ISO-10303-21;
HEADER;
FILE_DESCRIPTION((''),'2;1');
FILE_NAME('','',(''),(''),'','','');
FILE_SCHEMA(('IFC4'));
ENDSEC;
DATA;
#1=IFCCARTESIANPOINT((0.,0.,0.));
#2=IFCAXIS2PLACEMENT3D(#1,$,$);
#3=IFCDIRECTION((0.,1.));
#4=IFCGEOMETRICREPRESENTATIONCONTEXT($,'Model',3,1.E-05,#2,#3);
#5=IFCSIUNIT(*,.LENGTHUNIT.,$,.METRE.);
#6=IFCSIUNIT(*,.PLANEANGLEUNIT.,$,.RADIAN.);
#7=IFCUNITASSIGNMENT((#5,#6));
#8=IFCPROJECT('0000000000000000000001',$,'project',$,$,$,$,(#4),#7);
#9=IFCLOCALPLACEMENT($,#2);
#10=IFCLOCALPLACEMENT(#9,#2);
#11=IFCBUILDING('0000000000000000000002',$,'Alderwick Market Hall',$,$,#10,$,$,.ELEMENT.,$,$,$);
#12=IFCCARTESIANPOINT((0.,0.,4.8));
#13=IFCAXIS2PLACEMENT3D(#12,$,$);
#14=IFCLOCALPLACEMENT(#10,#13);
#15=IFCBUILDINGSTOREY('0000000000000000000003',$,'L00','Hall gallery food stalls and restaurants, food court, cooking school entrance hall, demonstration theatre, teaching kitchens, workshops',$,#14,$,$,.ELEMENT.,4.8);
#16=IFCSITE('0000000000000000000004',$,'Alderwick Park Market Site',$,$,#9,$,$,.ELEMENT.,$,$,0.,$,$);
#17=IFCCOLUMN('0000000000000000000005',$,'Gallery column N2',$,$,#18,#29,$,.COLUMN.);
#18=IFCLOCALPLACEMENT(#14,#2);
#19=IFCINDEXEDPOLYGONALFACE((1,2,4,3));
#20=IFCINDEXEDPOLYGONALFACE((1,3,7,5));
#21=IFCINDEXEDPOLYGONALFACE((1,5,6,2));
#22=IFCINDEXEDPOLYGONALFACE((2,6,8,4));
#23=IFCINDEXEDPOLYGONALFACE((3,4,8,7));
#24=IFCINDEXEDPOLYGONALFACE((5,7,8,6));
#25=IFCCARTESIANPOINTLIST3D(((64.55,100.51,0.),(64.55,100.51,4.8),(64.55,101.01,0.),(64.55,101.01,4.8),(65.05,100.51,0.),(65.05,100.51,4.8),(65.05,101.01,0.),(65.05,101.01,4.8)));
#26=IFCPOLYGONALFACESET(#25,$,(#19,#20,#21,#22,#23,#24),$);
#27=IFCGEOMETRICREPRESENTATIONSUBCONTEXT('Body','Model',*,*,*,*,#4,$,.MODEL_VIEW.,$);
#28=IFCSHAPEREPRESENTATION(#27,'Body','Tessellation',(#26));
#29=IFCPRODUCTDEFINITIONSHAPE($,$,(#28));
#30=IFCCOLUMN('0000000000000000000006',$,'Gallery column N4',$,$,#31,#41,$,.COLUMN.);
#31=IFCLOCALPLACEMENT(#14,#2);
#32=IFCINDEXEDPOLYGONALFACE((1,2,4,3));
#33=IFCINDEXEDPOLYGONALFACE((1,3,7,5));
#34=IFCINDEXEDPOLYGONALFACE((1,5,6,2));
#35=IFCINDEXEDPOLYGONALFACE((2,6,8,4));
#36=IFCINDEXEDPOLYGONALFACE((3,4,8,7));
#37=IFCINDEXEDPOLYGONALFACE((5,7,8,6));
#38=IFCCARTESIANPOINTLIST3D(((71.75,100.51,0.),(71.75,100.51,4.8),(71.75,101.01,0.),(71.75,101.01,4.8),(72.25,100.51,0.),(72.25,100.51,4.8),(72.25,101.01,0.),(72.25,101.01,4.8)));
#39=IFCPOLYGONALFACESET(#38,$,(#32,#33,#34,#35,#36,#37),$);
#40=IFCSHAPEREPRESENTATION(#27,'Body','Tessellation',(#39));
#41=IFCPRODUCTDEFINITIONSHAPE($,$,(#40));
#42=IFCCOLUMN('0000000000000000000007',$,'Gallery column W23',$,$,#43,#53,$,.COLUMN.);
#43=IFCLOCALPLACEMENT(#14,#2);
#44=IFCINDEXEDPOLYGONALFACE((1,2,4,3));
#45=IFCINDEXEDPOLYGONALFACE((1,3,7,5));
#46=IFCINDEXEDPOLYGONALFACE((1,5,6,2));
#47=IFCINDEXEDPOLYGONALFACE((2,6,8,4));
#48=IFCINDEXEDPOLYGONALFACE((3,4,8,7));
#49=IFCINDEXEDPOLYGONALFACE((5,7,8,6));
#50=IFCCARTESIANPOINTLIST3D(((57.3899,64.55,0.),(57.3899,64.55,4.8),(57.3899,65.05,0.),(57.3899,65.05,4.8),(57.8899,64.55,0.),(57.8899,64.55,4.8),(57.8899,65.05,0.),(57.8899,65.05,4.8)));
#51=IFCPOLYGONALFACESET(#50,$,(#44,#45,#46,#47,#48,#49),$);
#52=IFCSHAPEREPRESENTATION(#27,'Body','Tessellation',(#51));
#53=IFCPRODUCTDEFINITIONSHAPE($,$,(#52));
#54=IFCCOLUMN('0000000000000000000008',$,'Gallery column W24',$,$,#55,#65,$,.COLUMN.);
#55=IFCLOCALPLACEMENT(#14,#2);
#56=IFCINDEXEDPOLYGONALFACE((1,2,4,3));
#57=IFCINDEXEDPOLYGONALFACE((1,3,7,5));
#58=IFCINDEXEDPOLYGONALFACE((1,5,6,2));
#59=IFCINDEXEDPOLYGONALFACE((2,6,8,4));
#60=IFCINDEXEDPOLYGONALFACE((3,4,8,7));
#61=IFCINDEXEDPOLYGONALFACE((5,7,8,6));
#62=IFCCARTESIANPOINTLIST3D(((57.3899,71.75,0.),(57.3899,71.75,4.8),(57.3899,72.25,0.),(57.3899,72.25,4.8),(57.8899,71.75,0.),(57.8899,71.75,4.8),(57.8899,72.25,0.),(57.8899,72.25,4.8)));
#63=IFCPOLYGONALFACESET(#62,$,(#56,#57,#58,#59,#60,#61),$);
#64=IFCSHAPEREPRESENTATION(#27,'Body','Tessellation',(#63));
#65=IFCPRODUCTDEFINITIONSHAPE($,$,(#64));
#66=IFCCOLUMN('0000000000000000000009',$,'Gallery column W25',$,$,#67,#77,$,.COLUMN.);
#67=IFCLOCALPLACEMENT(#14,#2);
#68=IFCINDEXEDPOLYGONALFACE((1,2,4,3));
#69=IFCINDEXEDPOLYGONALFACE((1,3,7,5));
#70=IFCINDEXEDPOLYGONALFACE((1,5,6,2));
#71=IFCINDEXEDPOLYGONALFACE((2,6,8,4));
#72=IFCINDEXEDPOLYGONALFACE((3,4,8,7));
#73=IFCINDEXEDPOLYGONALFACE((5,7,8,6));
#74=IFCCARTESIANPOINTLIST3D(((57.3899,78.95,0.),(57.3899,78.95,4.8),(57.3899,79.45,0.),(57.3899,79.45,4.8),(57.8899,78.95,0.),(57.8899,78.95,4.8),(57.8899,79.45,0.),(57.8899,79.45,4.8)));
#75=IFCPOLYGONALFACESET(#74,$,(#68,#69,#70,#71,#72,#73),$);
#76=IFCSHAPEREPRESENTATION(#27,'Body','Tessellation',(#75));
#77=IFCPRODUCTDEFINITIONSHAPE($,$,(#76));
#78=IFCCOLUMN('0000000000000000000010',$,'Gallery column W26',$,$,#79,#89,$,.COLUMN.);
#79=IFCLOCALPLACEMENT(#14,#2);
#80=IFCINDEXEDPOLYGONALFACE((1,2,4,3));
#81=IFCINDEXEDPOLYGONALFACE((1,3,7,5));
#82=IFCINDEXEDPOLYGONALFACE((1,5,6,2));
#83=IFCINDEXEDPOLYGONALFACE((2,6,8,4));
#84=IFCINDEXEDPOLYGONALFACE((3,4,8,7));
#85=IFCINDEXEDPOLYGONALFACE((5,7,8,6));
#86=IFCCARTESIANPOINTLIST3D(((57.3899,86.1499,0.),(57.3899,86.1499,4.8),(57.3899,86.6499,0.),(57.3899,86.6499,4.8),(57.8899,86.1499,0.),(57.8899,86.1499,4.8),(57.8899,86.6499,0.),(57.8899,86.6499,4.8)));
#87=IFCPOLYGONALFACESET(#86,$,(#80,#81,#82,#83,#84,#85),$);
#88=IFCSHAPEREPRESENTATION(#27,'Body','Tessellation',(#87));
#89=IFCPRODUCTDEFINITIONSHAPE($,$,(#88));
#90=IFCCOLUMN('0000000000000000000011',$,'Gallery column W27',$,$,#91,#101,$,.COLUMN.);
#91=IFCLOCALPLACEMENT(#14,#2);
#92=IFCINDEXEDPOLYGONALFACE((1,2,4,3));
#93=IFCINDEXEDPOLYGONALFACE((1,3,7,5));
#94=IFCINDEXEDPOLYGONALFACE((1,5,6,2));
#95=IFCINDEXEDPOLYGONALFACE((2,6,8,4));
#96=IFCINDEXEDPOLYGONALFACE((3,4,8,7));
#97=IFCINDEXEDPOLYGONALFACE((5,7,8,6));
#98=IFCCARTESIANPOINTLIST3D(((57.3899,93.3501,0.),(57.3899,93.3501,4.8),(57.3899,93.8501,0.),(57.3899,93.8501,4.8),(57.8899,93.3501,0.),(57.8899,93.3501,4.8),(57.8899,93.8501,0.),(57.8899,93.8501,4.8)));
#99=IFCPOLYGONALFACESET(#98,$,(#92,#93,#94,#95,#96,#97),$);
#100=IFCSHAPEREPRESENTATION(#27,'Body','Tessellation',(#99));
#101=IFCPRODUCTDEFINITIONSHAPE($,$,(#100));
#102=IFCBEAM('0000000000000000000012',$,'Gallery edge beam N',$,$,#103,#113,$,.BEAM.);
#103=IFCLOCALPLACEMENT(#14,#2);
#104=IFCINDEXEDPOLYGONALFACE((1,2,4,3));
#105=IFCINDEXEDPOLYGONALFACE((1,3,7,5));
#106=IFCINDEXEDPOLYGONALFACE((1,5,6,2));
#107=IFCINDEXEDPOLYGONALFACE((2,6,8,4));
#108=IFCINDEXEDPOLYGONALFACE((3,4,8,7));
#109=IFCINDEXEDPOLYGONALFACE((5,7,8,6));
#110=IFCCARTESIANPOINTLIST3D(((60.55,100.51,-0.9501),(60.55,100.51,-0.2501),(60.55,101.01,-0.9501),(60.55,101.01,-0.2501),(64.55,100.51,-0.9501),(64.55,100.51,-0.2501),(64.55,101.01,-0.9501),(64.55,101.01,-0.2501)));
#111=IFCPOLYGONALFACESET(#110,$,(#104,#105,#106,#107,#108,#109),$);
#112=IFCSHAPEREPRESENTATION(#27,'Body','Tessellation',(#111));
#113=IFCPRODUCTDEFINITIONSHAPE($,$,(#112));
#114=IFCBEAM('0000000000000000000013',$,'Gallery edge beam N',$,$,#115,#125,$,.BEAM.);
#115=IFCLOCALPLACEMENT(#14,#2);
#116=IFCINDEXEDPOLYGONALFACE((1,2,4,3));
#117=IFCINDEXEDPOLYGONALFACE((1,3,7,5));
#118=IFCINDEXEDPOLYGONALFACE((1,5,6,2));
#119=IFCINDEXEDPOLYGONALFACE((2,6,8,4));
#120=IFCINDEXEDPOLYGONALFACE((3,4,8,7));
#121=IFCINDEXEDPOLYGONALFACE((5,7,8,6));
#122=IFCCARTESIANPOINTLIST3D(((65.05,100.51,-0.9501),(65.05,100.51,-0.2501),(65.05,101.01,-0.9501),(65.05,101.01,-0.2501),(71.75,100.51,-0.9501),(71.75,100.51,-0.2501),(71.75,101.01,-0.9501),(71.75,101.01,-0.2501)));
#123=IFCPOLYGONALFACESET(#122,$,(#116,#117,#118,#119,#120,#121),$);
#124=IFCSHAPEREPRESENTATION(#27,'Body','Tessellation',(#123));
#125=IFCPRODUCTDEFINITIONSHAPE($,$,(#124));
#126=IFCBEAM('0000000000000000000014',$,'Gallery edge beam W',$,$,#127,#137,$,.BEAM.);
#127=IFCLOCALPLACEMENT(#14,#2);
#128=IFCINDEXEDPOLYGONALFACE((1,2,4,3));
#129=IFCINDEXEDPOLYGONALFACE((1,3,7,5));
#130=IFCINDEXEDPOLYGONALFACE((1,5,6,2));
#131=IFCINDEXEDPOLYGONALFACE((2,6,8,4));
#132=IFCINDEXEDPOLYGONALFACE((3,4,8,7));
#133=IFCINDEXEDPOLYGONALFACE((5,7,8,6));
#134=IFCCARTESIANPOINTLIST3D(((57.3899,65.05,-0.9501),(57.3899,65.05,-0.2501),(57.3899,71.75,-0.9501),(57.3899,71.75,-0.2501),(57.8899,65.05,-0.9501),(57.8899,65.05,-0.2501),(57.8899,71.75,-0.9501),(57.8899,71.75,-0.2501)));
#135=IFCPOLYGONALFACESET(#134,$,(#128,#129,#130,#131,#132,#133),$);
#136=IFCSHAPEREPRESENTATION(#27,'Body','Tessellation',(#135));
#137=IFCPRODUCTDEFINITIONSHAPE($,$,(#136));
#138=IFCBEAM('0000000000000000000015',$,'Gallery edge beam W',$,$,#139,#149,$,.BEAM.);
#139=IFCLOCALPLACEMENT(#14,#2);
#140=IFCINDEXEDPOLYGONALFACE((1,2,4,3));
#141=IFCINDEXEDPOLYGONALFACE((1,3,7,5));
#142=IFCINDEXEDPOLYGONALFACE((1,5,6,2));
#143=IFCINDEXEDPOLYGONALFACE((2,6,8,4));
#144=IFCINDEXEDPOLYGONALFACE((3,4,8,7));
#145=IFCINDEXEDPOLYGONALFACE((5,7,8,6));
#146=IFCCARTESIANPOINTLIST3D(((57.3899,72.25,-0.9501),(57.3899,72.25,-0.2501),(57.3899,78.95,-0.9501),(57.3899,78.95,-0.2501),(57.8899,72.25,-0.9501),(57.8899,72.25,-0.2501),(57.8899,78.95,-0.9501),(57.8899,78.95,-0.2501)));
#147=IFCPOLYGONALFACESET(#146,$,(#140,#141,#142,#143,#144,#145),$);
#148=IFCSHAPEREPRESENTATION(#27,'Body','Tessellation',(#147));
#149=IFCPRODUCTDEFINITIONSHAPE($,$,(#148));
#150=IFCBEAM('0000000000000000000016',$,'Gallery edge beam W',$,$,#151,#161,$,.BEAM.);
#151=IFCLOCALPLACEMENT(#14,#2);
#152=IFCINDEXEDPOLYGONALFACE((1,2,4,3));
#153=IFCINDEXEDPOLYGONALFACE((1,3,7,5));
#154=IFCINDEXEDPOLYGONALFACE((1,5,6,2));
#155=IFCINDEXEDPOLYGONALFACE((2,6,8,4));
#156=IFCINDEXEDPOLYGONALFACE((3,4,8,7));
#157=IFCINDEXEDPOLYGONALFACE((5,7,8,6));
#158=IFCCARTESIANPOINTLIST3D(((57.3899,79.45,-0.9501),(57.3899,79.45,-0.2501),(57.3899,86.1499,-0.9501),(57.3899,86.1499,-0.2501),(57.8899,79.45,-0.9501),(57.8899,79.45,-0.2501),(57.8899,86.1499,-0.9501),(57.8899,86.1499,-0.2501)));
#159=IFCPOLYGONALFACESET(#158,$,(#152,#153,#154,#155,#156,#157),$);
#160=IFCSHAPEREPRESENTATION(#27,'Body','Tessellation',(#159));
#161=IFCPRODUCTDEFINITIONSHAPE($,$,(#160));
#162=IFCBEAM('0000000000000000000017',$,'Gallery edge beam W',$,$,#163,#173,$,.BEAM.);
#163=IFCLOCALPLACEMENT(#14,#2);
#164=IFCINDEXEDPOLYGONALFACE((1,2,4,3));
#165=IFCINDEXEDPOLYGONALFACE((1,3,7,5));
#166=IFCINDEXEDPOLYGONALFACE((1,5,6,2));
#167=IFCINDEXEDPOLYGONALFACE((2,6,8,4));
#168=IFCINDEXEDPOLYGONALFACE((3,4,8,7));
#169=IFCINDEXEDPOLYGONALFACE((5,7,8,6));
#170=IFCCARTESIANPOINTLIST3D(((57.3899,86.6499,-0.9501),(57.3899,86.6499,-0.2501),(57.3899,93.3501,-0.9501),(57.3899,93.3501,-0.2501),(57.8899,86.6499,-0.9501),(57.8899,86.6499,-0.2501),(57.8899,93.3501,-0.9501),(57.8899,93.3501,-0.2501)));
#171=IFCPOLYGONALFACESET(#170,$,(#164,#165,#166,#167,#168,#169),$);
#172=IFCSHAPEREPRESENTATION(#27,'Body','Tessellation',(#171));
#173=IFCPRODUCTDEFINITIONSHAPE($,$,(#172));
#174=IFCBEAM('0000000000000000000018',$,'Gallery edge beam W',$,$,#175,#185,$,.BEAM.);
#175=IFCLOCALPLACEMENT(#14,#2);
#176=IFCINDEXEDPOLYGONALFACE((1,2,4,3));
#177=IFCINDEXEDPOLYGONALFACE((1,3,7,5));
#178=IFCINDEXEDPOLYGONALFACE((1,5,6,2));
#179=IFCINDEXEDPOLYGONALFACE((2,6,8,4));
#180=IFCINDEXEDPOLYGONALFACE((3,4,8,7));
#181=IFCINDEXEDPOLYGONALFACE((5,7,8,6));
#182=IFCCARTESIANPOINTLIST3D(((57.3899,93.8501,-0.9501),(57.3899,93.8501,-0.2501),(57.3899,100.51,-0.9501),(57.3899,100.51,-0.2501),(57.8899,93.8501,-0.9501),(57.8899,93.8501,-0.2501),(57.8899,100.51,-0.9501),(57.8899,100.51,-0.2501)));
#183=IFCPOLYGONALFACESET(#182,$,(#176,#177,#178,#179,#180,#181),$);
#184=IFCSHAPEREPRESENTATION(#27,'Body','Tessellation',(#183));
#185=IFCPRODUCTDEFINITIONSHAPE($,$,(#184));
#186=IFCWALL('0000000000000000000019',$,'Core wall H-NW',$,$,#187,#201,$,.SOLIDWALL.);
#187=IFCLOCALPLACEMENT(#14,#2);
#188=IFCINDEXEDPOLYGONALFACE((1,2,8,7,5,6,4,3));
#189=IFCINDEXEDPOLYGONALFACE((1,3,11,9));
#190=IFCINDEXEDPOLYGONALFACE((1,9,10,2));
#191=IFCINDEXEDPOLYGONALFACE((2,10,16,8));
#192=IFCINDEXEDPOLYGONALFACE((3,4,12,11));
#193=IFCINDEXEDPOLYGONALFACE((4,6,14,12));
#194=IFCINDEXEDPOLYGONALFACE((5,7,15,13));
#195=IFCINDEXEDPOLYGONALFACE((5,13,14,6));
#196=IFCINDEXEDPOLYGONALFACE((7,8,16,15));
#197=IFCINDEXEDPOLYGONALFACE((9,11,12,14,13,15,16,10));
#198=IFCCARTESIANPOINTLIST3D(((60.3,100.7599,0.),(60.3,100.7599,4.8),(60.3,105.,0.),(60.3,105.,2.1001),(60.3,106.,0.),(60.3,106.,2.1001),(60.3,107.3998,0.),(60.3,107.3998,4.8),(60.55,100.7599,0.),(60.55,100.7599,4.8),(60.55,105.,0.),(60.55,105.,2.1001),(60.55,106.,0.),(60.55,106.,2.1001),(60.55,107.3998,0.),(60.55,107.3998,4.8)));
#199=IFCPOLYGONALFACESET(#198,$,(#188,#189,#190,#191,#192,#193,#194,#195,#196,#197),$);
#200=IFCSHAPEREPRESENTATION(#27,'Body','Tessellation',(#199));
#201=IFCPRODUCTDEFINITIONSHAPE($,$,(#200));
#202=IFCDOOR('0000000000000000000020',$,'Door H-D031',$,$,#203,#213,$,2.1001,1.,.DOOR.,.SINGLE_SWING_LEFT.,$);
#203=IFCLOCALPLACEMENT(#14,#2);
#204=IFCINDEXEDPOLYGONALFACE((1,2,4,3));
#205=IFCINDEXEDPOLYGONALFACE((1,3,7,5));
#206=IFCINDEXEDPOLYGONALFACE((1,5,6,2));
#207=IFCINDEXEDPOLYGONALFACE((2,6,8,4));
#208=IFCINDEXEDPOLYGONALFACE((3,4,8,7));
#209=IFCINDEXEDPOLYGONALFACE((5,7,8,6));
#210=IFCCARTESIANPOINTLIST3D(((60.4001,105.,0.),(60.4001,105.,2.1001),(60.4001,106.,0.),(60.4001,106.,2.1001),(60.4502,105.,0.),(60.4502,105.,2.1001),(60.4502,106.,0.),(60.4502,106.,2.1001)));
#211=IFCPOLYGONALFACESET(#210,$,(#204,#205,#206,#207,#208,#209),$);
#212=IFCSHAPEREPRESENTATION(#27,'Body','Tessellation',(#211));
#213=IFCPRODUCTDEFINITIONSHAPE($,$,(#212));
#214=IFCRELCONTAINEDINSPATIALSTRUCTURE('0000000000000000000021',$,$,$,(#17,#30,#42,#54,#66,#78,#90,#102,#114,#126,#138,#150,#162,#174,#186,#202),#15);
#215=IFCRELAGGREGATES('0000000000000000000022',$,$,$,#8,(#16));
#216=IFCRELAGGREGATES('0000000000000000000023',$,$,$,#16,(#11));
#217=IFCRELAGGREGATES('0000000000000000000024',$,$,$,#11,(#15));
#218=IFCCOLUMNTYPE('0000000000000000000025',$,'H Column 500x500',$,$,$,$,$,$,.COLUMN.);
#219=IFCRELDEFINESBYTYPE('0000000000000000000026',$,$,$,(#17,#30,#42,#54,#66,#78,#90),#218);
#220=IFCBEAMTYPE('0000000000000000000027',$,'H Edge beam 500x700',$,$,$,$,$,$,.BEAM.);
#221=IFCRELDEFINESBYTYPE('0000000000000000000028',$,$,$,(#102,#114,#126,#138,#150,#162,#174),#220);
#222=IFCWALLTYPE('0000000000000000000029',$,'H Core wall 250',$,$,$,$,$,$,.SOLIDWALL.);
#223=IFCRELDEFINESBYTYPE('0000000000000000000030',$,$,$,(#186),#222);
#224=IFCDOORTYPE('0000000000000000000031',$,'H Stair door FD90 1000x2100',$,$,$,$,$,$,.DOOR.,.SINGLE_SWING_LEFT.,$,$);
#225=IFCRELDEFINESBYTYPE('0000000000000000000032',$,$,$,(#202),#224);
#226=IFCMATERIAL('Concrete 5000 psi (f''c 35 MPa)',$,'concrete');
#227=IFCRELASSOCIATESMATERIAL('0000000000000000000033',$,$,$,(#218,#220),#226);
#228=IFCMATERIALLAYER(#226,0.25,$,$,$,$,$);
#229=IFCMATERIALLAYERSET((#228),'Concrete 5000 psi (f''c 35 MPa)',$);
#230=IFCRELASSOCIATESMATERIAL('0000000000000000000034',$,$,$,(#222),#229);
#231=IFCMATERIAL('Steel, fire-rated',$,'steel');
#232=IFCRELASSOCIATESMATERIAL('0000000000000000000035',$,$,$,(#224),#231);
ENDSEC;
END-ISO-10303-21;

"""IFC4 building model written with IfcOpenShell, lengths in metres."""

from ifc_helpers import new_model, si_unit, direction, frame, frame_2d, origin, origin_2d, place, context, subcontext, project, spatial, rectangle, extrude, material, layer, layer_set, material_profile, profile_set, type_object, element, fill, save


model = new_model("IFC4")

# Units and contexts
model_context = context("Model", 3, precision=1e-05, world=origin(), true_north=direction((0.0, 1.0)))
body_context = subcontext(model_context, "Body", "Model", "MODEL_VIEW")
ifc_project = project(units=[si_unit("LENGTHUNIT", "METRE"), si_unit("PLANEANGLEUNIT", "RADIAN")], contexts=[model_context])

# Site, building, storey
site_placement = place(None, origin())
site = spatial("IfcSite", under=ifc_project, at=site_placement, Name="Alderwick Park Market Site", CompositionType="ELEMENT", RefElevation=0.0)
building_placement = place(site_placement, origin())
building = spatial("IfcBuilding", under=site, at=building_placement, Name="Alderwick Market Hall", CompositionType="ELEMENT")
storey_placement = place(building_placement, frame((0.0, 0.0, 4.8)))
storey = spatial("IfcBuildingStorey", under=building, at=storey_placement, Name="L00", Description="Hall gallery food stalls and restaurants, food court, cooking school entrance hall, demonstration theatre, teaching kitchens, workshops", CompositionType="ELEMENT", Elevation=4.8)

# Columns
ifc_material_1 = material(Name="Concrete 5000 psi (f'c 35 MPa)", Category="concrete")
ifc_material_profile_1 = material_profile(ifc_material_1, rectangle(XDim=0.5, YDim=0.5, at=origin_2d()), Name="RC 500x500")
ifc_profile_set_1 = profile_set([ifc_material_profile_1], Name="Concrete 5000 psi (f'c 35 MPa)")
column_type = type_object("IfcColumnType", Name="H Column 500x500", PredefinedType="COLUMN", material=ifc_profile_set_1)
for number, where, z_axis, x_axis, name in (
    (1, (64.8, 100.76, 0.0), (0.0, 0.0, 1.0), (1.0, 0.0, 0.0), "Gallery column N2"),
    (2, (72.0, 100.76, 0.0), (0.0, 0.0, 1.0), (1.0, 0.0, 0.0), "Gallery column N4"),
    (3, (57.6399, 64.8, 0.0), (0.0, 0.0, 1.0), (1.0, 0.0, 0.0), "Gallery column W23"),
    (4, (57.6399, 72.0, 0.0), (0.0, 0.0, 1.0), (1.0, 0.0, 0.0), "Gallery column W24"),
    (5, (57.6399, 79.2, 0.0), (0.0, 0.0, 1.0), (1.0, 0.0, 0.0), "Gallery column W25"),
    (6, (57.6399, 86.3999, 0.0), (0.0, 0.0, 1.0), (1.0, 0.0, 0.0), "Gallery column W26"),
    (7, (57.6399, 93.6001, 0.0), (0.0, 0.0, 1.0), (1.0, 0.0, 0.0), "Gallery column W27"),
):
    element("IfcColumn", number, at=place(storey_placement, frame(where, z_axis=z_axis, x_axis=x_axis)), inside=storey, type_object=column_type, Name=name, PredefinedType="COLUMN", context=body_context, shape_type="SweptSolid", body=[
        extrude(rectangle(XDim=0.5, YDim=0.5, at=origin_2d()), origin(), (0.0, 0.0, 1.0), 4.8),
    ])

# Beams
ifc_material_profile_2 = material_profile(ifc_material_1, rectangle(XDim=0.5, YDim=0.7, at=origin_2d()), Name="RC 500x700")
ifc_profile_set_2 = profile_set([ifc_material_profile_2], Name="Concrete 5000 psi (f'c 35 MPa)")
beam_type = type_object("IfcBeamType", Name="H Edge beam 500x700", PredefinedType="BEAM", material=ifc_profile_set_2)
beam_1_placement = place(storey_placement, frame((60.55, 100.76, -0.6001), z_axis=(1.0, 0.0, 0.0), x_axis=(0.0, 1.0, 0.0)))
element("IfcBeam", 8, at=beam_1_placement, inside=storey, type_object=beam_type, Name="Gallery edge beam N", PredefinedType="BEAM", context=body_context, shape_type="SweptSolid", body=[
    extrude(rectangle(XDim=0.5, YDim=0.7, at=origin_2d()), origin(), (0.0, 0.0, 1.0), 4.0),
])
for number, where, z_axis, x_axis, name in (
    (9, (65.05, 100.76, -0.6001), (1.0, 0.0, 0.0), (0.0, 1.0, 0.0), "Gallery edge beam N"),
    (10, (57.6399, 65.05, -0.6001), (0.0, 1.0, 0.0), (-1.0, 0.0, 0.0), "Gallery edge beam W"),
    (11, (57.6399, 72.25, -0.6001), (0.0, 1.0, 0.0), (-1.0, 0.0, 0.0), "Gallery edge beam W"),
    (12, (57.6399, 79.45, -0.6001), (0.0, 1.0, 0.0), (-1.0, 0.0, 0.0), "Gallery edge beam W"),
):
    element("IfcBeam", number, at=place(storey_placement, frame(where, z_axis=z_axis, x_axis=x_axis)), inside=storey, type_object=beam_type, Name=name, PredefinedType="BEAM", context=body_context, shape_type="SweptSolid", body=[
        extrude(rectangle(XDim=0.5, YDim=0.7, at=origin_2d()), origin(), (0.0, 0.0, 1.0), 6.7),
    ])
beam_2_placement = place(storey_placement, frame((57.6399, 86.6499, -0.6001), z_axis=(0.0, 1.0, 0.0), x_axis=(-1.0, 0.0, 0.0)))
element("IfcBeam", 13, at=beam_2_placement, inside=storey, type_object=beam_type, Name="Gallery edge beam W", PredefinedType="BEAM", context=body_context, shape_type="SweptSolid", body=[
    extrude(rectangle(XDim=0.5, YDim=0.7, at=origin_2d()), origin(), (0.0, 0.0, 1.0), 6.7002),
])
beam_3_placement = place(storey_placement, frame((57.6399, 93.8501, -0.6001), z_axis=(0.0, 1.0, 0.0), x_axis=(-1.0, 0.0, 0.0)))
element("IfcBeam", 14, at=beam_3_placement, inside=storey, type_object=beam_type, Name="Gallery edge beam W", PredefinedType="BEAM", context=body_context, shape_type="SweptSolid", body=[
    extrude(rectangle(XDim=0.5, YDim=0.7, at=origin_2d()), origin(), (0.0, 0.0, 1.0), 6.6599),
])

# Wall, opening, door
ifc_layer_1 = layer(ifc_material_1, 0.25)
ifc_layer_set_1 = layer_set([ifc_layer_1], Name="Concrete 5000 psi (f'c 35 MPa)")
wall_type_1 = type_object("IfcWallType", Name="H Core wall 250", PredefinedType="SOLIDWALL", material=ifc_layer_set_1)
wall_1_placement = place(storey_placement, frame((60.425, 100.76, 0.0), z_axis=(0.0, 0.0, 1.0), x_axis=(0.0, 1.0, 0.0)))
wall_1 = element("IfcWall", 15, at=wall_1_placement, inside=storey, type_object=wall_type_1, Name="Core wall H-NW", PredefinedType="SOLIDWALL", context=body_context, shape_type="SweptSolid", body=[
    extrude(rectangle(XDim=6.6399, YDim=0.25, at=frame_2d((3.3198, 0.0))), origin(), (0.0, 0.0, 1.0), 4.8),
])
opening_1_placement = place(wall_1_placement, frame((4.24, 0.0, 0.0)))
opening_1 = element("IfcOpeningElement", 16, at=opening_1_placement, cuts=wall_1, PredefinedType="OPENING", context=body_context, shape_type="SweptSolid", body=[
    extrude(rectangle(XDim=1.0, YDim=2.1001, at=frame_2d((0.5, 1.05))), frame((0.0, 0.135, 0.0), z_axis=(0.0, -1.0, 0.0), x_axis=(1.0, 0.0, 0.0)), (0.0, 0.0, 1.0), 0.27),
])
ifc_material_2 = material(Name="Steel, fire-rated", Category="steel")
door_type_1 = type_object("IfcDoorType", Name="H Stair door FD90 1000x2100", OperationType="SINGLE_SWING_LEFT", PredefinedType="DOOR", material=ifc_material_2)
door_1_placement = place(opening_1_placement, origin())
door_1 = element("IfcDoor", 17, at=door_1_placement, inside=storey, type_object=door_type_1, Name="Door H-D031", OperationType="SINGLE_SWING_LEFT", OverallHeight=2.1001, OverallWidth=1.0, PredefinedType="DOOR", context=body_context, shape_type="SweptSolid", body=[
    extrude(rectangle(XDim=1.0, YDim=2.1001, at=frame_2d((0.5, 1.05))), frame((0.0, 0.0249, 0.0), z_axis=(0.0, -1.0, 0.0), x_axis=(1.0, 0.0, 0.0)), (0.0, 0.0, 1.0), 0.05),
])
fill(opening_1, door_1)

save(model, "model.ifc")
